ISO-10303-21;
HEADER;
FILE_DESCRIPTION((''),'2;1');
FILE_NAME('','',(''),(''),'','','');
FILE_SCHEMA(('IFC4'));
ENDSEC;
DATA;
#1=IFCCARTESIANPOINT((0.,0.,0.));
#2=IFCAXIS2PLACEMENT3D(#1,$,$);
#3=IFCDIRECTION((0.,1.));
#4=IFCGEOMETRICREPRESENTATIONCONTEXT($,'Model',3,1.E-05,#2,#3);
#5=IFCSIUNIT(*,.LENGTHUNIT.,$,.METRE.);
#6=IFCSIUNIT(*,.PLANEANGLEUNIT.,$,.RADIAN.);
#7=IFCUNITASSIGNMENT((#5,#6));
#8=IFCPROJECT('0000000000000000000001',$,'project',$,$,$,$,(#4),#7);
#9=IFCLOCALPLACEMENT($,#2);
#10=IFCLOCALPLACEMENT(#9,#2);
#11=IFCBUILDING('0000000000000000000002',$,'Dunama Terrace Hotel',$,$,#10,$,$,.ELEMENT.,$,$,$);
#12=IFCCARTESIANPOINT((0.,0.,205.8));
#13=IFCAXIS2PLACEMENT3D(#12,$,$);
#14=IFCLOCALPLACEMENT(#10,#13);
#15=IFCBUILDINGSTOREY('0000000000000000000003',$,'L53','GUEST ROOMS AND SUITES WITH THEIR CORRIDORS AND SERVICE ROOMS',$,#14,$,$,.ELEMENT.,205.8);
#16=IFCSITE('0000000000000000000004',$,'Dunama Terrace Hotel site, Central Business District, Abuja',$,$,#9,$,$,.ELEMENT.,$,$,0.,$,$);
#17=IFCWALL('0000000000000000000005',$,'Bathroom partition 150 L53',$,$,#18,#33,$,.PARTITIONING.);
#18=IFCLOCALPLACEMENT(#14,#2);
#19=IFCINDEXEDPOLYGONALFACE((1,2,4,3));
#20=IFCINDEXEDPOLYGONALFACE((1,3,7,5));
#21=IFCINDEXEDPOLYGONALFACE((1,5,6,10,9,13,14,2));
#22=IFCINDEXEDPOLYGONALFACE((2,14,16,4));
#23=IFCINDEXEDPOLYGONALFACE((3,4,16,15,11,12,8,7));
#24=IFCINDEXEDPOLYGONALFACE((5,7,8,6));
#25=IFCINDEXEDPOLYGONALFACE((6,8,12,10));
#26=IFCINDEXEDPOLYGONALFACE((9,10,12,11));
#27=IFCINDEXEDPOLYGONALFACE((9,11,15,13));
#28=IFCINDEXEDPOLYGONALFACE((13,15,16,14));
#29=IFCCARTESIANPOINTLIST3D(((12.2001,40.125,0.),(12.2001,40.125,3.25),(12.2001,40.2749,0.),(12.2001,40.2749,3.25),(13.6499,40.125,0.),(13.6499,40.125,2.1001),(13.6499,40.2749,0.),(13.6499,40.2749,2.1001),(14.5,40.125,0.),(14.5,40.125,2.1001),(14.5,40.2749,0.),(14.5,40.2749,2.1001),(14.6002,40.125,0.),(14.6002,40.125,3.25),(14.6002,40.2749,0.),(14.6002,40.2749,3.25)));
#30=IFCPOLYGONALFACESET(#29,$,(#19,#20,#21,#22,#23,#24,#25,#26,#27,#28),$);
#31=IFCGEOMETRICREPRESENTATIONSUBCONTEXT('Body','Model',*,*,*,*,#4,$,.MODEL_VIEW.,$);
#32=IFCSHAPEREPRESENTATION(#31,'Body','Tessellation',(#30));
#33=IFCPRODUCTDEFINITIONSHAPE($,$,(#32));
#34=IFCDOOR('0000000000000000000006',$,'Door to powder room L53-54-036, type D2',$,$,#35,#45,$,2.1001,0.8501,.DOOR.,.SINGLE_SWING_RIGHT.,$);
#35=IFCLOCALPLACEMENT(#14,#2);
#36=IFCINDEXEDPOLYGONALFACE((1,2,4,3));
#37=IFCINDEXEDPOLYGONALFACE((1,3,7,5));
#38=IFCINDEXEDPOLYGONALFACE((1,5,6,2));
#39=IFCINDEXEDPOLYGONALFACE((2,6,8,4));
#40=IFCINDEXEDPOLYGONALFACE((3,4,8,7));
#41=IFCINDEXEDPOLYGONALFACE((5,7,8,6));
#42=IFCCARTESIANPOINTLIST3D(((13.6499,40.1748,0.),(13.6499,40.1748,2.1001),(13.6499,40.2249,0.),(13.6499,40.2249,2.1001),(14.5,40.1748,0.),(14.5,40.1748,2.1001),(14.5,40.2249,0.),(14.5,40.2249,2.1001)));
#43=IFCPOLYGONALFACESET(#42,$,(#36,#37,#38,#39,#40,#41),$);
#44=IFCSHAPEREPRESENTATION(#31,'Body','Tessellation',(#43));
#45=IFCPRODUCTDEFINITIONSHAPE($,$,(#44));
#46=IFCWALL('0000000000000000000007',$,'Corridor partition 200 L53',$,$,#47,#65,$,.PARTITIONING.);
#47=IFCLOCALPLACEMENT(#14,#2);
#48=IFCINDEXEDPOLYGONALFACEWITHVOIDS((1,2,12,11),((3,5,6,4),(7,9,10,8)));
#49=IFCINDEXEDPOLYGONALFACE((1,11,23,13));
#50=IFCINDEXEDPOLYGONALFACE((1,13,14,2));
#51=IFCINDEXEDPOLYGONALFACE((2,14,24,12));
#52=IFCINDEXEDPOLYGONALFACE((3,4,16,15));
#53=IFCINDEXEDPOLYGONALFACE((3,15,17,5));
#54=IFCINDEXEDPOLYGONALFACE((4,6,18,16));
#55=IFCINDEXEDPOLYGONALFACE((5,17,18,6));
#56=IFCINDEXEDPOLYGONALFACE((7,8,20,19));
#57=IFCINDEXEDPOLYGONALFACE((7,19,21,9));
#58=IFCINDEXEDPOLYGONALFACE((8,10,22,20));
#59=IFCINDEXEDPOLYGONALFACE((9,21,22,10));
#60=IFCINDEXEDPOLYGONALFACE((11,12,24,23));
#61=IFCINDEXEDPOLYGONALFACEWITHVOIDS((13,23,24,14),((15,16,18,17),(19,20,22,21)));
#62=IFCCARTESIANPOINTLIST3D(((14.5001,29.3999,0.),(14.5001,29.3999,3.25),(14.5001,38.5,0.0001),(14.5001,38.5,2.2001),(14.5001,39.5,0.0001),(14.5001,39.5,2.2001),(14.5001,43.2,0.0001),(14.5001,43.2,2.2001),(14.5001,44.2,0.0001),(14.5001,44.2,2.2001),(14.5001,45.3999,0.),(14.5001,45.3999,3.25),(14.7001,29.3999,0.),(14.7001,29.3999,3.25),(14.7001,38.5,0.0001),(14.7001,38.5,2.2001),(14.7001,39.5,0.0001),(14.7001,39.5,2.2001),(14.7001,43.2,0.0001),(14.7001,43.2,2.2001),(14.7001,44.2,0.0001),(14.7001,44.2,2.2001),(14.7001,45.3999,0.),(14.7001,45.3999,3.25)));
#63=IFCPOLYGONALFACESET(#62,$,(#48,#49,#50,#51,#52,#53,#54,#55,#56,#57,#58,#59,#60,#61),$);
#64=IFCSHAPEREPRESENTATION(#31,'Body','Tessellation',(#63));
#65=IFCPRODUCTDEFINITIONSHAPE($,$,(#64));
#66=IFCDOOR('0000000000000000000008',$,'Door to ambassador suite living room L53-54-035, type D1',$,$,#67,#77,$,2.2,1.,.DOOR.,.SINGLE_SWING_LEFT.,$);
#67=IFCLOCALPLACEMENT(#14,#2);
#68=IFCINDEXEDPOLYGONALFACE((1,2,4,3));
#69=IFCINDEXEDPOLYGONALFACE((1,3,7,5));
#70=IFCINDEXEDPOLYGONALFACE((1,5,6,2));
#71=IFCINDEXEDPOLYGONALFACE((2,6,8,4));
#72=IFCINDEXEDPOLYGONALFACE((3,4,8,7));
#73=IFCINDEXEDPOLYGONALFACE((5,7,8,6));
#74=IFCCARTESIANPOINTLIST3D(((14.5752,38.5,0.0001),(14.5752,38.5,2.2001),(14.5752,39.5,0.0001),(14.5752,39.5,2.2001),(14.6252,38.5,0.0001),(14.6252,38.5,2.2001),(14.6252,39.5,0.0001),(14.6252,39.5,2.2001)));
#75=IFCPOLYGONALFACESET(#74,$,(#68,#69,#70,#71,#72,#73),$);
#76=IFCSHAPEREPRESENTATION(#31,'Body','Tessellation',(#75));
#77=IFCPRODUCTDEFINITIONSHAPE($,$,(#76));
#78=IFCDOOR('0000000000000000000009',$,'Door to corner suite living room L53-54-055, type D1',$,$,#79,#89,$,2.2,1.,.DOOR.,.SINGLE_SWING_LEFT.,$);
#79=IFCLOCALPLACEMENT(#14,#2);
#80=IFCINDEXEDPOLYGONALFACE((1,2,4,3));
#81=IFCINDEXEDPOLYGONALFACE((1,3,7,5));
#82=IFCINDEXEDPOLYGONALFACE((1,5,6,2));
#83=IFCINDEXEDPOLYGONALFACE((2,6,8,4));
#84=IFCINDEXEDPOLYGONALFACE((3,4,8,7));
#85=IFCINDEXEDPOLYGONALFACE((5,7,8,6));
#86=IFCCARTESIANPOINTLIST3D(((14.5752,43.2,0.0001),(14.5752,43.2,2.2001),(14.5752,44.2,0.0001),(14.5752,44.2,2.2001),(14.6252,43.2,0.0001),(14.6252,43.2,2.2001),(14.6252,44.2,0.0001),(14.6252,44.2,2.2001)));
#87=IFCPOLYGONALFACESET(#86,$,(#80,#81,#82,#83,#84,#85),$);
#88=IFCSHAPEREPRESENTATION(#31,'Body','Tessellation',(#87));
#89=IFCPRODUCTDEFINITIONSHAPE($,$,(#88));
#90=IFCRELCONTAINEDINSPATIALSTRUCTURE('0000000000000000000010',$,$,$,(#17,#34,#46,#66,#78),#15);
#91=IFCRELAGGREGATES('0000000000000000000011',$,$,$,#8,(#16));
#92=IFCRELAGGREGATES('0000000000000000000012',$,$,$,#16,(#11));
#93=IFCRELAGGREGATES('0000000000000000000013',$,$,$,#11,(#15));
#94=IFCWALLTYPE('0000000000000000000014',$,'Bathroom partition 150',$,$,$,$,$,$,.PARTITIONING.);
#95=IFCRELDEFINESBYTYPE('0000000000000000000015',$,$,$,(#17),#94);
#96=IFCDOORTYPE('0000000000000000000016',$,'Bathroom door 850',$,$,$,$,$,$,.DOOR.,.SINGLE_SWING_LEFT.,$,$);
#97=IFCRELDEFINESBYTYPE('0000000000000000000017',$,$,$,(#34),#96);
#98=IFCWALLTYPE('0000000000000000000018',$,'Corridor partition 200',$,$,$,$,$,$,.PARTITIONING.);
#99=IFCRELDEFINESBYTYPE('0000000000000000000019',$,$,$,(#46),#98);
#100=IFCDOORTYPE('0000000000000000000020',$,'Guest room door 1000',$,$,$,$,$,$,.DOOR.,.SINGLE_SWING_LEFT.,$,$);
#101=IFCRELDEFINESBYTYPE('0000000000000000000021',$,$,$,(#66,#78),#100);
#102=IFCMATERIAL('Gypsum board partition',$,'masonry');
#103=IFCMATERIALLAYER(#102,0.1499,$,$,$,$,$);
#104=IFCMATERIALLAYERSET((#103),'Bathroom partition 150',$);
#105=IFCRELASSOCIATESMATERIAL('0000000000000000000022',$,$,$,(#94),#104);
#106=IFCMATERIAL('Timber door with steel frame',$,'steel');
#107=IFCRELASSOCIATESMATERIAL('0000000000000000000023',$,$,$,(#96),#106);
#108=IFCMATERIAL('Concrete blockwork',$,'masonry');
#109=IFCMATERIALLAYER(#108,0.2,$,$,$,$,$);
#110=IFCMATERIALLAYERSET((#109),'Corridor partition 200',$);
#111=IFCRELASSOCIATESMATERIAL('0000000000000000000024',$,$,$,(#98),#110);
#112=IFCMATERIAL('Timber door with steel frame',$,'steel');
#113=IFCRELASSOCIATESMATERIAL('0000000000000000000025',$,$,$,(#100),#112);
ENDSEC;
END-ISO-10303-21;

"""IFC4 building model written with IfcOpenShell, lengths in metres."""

from ifc_helpers import new_model, si_unit, direction, frame, frame_2d, origin, place, context, subcontext, project, spatial, rectangle, extrude, material, layer, layer_set, type_object, element, fill, save


model = new_model("IFC4")

# Units and contexts
model_context = context("Model", 3, precision=1e-05, world=origin(), true_north=direction((0.0, 1.0)))
body_context = subcontext(model_context, "Body", "Model", "MODEL_VIEW")
ifc_project = project(units=[si_unit("LENGTHUNIT", "METRE"), si_unit("PLANEANGLEUNIT", "RADIAN")], contexts=[model_context])

# Site, building, storey
site_placement = place(None, origin())
site = spatial("IfcSite", under=ifc_project, at=site_placement, Name="Dunama Terrace Hotel site, Central Business District, Abuja", CompositionType="ELEMENT", RefElevation=0.0)
building_placement = place(site_placement, origin())
building = spatial("IfcBuilding", under=site, at=building_placement, Name="Dunama Terrace Hotel", CompositionType="ELEMENT")
storey_placement = place(building_placement, frame((0.0, 0.0, 205.8)))
storey = spatial("IfcBuildingStorey", under=building, at=storey_placement, Name="L53", Description="GUEST ROOMS AND SUITES WITH THEIR CORRIDORS AND SERVICE ROOMS", CompositionType="ELEMENT", Elevation=205.8)

# Shared definitions
ifc_material_1 = material(Name="Gypsum board partition", Category="masonry")
ifc_layer_1 = layer(ifc_material_1, 0.1499)
ifc_layer_set_1 = layer_set([ifc_layer_1], Name="Bathroom partition 150")
wall_type_1 = type_object("IfcWallType", Name="Bathroom partition 150", PredefinedType="PARTITIONING", material=ifc_layer_set_1)

# Shared definitions
ifc_material_2 = material(Name="Timber door with steel frame", Category="steel")
door_type_1 = type_object("IfcDoorType", Name="Bathroom door 850", OperationType="SINGLE_SWING_LEFT", PredefinedType="DOOR", material=ifc_material_2)

# Wall, opening, door
wall_1_placement = place(storey_placement, frame((12.2, 40.2, 0.0), z_axis=(0.0, 0.0, 1.0), x_axis=(1.0, 0.0, 0.0)))
wall_1 = element("IfcWall", 1, at=wall_1_placement, inside=storey, type_object=wall_type_1, Name="Bathroom partition 150 L53", PredefinedType="PARTITIONING", context=body_context, shape_type="SweptSolid", body=[
    extrude(rectangle(XDim=2.4001, YDim=0.1499, at=frame_2d((1.2002, 0.0))), origin(), (0.0, 0.0, 1.0), 3.25),
])
opening_1_placement = place(wall_1_placement, frame((1.45, 0.0, 0.0)))
opening_1 = element("IfcOpeningElement", 2, at=opening_1_placement, cuts=wall_1, PredefinedType="OPENING", context=body_context, shape_type="SweptSolid", body=[
    extrude(rectangle(XDim=0.8501, YDim=2.1001, at=frame_2d((0.425, 1.05))), frame((0.0, 0.085, 0.0), z_axis=(0.0, -1.0, 0.0), x_axis=(1.0, 0.0, 0.0)), (0.0, 0.0, 1.0), 0.1699),
])
door_1_placement = place(opening_1_placement, origin())
door_1 = element("IfcDoor", 3, at=door_1_placement, inside=storey, type_object=door_type_1, Name="Door to powder room L53-54-036, type D2", OperationType="SINGLE_SWING_RIGHT", OverallHeight=2.1001, OverallWidth=0.8501, PredefinedType="DOOR", context=body_context, shape_type="SweptSolid", body=[
    extrude(rectangle(XDim=0.8501, YDim=2.1001, at=frame_2d((0.425, 1.05))), frame((0.0, 0.0249, 0.0), z_axis=(0.0, -1.0, 0.0), x_axis=(1.0, 0.0, 0.0)), (0.0, 0.0, 1.0), 0.05),
])
fill(opening_1, door_1)

# Wall, openings, doors
ifc_material_3 = material(Name="Concrete blockwork", Category="masonry")
ifc_layer_2 = layer(ifc_material_3, 0.2)
ifc_layer_set_2 = layer_set([ifc_layer_2], Name="Corridor partition 200")
wall_type_2 = type_object("IfcWallType", Name="Corridor partition 200", PredefinedType="PARTITIONING", material=ifc_layer_set_2)
wall_2_placement = place(storey_placement, frame((14.6001, 29.3999, 0.0), z_axis=(0.0, 0.0, 1.0), x_axis=(0.0, 1.0, 0.0)))
wall_2 = element("IfcWall", 4, at=wall_2_placement, inside=storey, type_object=wall_type_2, Name="Corridor partition 200 L53", PredefinedType="PARTITIONING", context=body_context, shape_type="SweptSolid", body=[
    extrude(rectangle(XDim=16.0, YDim=0.2, at=frame_2d((8.0, 0.0))), origin(), (0.0, 0.0, 1.0), 3.25),
])
opening_2_placement = place(wall_2_placement, frame((9.1001, 0.0, 0.0)))
opening_2 = element("IfcOpeningElement", 5, at=opening_2_placement, cuts=wall_2, PredefinedType="OPENING", context=body_context, shape_type="SweptSolid", body=[
    extrude(rectangle(XDim=1.0, YDim=2.2, at=frame_2d((0.5, 1.1001))), frame((0.0, 0.1099, 0.0), z_axis=(0.0, -1.0, 0.0), x_axis=(1.0, 0.0, 0.0)), (0.0, 0.0, 1.0), 0.22),
])
opening_3_placement = place(wall_2_placement, frame((13.8, 0.0, 0.0)))
opening_3 = element("IfcOpeningElement", 6, at=opening_3_placement, cuts=wall_2, PredefinedType="OPENING", context=body_context, shape_type="SweptSolid", body=[
    extrude(rectangle(XDim=1.0, YDim=2.2, at=frame_2d((0.5, 1.1001))), frame((0.0, 0.1099, 0.0), z_axis=(0.0, -1.0, 0.0), x_axis=(1.0, 0.0, 0.0)), (0.0, 0.0, 1.0), 0.22),
])
ifc_material_4 = material(Name="Timber door with steel frame", Category="steel")
door_type_2 = type_object("IfcDoorType", Name="Guest room door 1000", OperationType="SINGLE_SWING_LEFT", PredefinedType="DOOR", material=ifc_material_4)
door_2_placement = place(opening_2_placement, origin())
door_2 = element("IfcDoor", 7, at=door_2_placement, inside=storey, type_object=door_type_2, Name="Door to ambassador suite living room L53-54-035, type D1", OperationType="SINGLE_SWING_LEFT", OverallHeight=2.2, OverallWidth=1.0, PredefinedType="DOOR", context=body_context, shape_type="SweptSolid", body=[
    extrude(rectangle(XDim=1.0, YDim=2.2, at=frame_2d((0.5, 1.1001))), frame((0.0, 0.0249, 0.0), z_axis=(0.0, -1.0, 0.0), x_axis=(1.0, 0.0, 0.0)), (0.0, 0.0, 1.0), 0.05),
])
fill(opening_2, door_2)
door_3_placement = place(opening_3_placement, origin())
door_3 = element("IfcDoor", 8, at=door_3_placement, inside=storey, type_object=door_type_2, Name="Door to corner suite living room L53-54-055, type D1", OperationType="SINGLE_SWING_LEFT", OverallHeight=2.2, OverallWidth=1.0, PredefinedType="DOOR", context=body_context, shape_type="SweptSolid", body=[
    extrude(rectangle(XDim=1.0, YDim=2.2, at=frame_2d((0.5, 1.1001))), frame((0.0, 0.0249, 0.0), z_axis=(0.0, -1.0, 0.0), x_axis=(1.0, 0.0, 0.0)), (0.0, 0.0, 1.0), 0.05),
])
fill(opening_3, door_3)

save(model, "model.ifc")
